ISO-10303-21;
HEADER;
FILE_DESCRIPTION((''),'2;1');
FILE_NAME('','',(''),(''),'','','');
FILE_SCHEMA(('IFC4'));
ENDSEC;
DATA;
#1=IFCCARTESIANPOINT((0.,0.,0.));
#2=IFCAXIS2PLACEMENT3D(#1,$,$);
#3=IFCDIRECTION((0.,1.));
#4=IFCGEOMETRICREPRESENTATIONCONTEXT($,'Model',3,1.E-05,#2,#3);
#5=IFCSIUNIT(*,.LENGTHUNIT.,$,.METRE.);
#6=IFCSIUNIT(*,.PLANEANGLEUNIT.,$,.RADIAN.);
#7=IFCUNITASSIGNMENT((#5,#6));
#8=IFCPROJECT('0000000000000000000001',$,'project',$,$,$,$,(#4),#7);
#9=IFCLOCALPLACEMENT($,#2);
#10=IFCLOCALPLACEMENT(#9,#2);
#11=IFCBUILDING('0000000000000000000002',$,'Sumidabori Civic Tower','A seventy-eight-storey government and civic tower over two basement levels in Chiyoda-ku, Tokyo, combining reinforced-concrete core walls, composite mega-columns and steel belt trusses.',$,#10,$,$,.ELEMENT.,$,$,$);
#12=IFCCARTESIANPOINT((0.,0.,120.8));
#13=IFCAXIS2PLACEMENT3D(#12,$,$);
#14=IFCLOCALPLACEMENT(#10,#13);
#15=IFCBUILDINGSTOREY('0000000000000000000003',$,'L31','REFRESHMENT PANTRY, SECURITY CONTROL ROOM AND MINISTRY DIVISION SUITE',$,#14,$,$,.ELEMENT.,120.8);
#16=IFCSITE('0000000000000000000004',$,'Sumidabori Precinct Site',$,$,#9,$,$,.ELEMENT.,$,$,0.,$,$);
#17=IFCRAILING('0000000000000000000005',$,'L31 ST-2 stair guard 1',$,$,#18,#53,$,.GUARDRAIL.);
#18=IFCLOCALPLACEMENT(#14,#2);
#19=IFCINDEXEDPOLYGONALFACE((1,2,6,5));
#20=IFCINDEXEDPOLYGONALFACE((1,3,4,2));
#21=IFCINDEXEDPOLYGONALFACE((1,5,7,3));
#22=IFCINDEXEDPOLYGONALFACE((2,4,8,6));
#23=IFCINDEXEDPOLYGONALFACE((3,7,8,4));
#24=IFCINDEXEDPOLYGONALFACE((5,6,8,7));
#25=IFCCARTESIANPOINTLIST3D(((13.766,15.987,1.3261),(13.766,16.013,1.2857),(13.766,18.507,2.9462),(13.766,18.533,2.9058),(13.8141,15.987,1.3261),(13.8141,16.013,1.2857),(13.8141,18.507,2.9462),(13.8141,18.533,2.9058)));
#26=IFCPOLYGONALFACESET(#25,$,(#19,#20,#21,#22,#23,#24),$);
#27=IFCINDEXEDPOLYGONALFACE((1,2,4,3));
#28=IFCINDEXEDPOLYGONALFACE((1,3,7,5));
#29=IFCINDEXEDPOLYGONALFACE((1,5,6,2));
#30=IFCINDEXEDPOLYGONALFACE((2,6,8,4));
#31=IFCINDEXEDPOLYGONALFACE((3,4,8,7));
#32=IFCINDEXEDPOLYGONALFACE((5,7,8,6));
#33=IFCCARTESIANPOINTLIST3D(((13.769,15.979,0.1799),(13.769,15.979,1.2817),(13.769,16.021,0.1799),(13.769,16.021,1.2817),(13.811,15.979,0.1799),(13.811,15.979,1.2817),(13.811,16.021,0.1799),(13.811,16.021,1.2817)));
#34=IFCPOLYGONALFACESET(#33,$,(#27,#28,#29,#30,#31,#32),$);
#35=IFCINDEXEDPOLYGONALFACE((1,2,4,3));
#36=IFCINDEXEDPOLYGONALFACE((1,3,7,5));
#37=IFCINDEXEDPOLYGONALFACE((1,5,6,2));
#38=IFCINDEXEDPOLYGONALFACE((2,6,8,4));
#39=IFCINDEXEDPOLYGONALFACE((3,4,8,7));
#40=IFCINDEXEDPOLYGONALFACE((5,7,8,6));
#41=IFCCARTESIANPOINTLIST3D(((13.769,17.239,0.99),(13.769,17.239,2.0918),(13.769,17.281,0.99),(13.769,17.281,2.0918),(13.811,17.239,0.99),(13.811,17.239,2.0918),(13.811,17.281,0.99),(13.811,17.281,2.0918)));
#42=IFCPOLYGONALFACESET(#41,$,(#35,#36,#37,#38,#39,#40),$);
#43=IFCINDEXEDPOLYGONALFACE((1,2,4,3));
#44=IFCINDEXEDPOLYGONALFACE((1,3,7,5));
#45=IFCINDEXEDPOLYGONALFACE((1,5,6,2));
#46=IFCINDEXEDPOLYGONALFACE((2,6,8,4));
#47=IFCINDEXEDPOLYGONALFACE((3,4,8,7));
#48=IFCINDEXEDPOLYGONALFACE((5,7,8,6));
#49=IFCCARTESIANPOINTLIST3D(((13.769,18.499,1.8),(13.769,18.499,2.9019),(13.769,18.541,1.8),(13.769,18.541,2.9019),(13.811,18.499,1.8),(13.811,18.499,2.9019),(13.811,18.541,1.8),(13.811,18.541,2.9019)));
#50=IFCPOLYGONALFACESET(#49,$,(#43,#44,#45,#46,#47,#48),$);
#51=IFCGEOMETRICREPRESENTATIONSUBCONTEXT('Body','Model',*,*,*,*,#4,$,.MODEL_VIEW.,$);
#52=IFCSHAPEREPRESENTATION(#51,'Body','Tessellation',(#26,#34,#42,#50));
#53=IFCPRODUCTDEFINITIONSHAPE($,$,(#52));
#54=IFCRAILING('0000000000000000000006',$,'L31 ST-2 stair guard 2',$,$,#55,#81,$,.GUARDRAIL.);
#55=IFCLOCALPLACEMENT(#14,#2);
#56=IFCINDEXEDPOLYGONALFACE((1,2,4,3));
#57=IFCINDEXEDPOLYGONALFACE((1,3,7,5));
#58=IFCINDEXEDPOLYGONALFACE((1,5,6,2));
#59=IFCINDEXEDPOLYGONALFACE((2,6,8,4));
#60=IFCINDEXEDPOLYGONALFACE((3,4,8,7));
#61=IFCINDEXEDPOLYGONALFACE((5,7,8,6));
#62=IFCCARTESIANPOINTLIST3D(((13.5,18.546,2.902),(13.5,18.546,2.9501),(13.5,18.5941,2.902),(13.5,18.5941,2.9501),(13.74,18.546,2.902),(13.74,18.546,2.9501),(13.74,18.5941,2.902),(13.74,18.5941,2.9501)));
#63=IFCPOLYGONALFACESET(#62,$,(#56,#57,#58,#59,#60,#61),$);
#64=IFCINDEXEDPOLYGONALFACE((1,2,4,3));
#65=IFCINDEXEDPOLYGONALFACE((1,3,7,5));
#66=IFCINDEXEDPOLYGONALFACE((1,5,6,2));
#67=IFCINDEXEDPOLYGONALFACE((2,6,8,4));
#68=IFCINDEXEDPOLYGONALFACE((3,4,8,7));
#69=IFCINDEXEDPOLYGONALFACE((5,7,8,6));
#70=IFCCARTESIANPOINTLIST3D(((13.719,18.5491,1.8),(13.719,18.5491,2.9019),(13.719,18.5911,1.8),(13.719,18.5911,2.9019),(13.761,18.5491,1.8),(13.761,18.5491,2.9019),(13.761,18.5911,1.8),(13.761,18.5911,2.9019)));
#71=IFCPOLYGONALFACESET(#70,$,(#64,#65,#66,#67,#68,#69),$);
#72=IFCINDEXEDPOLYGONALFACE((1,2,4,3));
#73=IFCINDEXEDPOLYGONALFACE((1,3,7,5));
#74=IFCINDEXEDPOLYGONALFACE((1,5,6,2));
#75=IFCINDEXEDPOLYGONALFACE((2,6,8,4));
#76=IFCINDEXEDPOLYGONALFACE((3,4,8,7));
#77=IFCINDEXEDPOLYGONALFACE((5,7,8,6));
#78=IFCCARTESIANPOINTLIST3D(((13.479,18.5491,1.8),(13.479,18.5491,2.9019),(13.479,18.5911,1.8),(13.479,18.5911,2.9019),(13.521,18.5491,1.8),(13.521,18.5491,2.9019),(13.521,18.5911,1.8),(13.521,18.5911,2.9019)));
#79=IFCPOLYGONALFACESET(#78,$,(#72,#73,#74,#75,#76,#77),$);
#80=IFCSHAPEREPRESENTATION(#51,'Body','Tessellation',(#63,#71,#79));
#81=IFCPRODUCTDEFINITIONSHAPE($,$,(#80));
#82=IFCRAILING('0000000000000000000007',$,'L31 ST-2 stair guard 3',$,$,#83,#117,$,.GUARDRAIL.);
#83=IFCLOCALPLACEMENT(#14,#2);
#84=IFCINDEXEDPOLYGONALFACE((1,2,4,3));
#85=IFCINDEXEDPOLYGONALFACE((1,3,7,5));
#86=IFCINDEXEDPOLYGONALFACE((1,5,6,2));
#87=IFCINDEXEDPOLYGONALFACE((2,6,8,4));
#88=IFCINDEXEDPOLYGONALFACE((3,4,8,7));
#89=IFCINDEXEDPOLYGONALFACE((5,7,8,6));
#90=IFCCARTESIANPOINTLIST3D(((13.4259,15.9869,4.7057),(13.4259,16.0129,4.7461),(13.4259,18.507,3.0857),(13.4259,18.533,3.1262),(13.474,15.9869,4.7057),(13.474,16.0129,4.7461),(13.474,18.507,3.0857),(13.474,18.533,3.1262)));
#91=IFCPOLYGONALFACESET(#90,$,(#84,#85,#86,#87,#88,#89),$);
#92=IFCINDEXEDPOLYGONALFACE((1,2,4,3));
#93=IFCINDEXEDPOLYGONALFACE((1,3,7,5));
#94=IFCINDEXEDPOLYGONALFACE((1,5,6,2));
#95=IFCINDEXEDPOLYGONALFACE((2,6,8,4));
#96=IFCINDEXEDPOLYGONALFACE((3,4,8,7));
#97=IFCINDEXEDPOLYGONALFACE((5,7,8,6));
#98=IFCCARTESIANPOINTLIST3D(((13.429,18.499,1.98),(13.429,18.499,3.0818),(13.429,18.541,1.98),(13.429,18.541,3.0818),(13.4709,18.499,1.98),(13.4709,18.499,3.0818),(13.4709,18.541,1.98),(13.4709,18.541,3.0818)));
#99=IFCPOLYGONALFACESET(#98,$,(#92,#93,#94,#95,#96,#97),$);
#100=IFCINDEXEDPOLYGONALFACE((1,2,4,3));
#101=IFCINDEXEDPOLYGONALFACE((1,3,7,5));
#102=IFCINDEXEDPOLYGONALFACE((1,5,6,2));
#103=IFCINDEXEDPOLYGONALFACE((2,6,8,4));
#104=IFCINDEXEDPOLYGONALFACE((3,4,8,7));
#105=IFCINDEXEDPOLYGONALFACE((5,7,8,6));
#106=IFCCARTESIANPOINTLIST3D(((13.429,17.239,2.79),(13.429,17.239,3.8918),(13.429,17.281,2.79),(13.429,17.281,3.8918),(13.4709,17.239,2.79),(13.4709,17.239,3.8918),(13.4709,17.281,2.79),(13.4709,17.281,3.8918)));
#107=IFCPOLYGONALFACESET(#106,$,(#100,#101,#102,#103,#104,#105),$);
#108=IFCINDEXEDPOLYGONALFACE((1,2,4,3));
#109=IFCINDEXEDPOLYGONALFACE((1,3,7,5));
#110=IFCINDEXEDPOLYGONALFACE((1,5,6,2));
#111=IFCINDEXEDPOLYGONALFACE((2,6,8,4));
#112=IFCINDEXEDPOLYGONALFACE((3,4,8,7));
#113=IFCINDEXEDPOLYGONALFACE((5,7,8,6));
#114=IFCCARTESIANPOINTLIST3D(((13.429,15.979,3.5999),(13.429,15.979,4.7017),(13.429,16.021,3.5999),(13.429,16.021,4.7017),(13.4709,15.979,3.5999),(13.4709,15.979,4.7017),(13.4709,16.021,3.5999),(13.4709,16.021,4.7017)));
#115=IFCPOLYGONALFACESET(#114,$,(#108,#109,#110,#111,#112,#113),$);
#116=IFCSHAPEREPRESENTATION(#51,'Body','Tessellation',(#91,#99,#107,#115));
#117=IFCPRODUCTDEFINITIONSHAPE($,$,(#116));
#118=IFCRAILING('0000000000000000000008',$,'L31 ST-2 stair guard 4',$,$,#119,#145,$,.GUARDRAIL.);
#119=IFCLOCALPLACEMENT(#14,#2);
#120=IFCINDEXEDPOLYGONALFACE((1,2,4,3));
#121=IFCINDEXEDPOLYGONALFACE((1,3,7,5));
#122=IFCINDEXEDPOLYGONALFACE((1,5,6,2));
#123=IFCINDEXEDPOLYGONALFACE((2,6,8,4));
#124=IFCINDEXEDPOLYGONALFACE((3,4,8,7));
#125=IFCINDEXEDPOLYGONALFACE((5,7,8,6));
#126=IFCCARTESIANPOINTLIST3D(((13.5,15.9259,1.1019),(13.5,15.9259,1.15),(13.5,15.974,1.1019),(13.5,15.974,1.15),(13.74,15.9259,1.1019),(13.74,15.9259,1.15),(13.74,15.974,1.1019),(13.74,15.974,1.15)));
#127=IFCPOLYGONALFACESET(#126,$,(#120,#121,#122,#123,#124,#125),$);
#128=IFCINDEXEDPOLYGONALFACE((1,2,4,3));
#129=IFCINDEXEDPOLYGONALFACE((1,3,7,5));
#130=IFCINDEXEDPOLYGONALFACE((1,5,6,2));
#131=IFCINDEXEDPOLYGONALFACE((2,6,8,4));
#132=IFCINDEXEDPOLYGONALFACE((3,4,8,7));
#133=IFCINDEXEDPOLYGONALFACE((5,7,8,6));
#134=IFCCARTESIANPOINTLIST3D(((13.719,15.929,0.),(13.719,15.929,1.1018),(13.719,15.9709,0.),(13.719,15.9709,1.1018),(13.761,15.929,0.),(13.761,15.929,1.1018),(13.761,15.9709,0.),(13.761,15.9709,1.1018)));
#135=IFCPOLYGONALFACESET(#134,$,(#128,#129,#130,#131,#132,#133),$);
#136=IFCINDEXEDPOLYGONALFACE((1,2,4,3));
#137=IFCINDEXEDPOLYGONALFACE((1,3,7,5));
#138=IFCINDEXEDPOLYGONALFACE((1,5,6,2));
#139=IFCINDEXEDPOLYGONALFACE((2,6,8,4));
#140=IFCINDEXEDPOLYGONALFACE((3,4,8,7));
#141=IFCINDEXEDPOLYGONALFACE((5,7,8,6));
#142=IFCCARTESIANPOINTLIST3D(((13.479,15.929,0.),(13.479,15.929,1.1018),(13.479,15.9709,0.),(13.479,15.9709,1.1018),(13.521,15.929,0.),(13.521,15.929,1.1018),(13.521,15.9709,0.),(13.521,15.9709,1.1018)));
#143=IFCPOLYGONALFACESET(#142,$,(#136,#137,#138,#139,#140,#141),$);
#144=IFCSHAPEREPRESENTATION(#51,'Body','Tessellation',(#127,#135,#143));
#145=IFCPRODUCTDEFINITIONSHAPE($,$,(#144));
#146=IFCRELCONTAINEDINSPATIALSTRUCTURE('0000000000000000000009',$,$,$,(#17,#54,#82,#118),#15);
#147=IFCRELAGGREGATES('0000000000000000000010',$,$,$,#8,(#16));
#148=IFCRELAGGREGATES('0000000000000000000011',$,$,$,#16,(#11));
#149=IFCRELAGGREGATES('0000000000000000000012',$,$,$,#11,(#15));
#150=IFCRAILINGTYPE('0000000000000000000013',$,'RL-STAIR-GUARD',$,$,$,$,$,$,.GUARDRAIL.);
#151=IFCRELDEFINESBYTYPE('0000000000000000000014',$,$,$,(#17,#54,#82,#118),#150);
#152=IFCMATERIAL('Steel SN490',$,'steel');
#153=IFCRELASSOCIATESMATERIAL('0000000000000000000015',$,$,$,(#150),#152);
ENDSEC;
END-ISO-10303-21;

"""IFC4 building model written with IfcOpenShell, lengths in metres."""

from ifc_helpers import new_model, si_unit, direction, frame, origin, origin_2d, place, context, subcontext, project, spatial, rectangle, extrude, material, type_object, element, save


model = new_model("IFC4")

# Units and contexts
model_context = context("Model", 3, precision=1e-05, world=origin(), true_north=direction((0.0, 1.0)))
body_context = subcontext(model_context, "Body", "Model", "MODEL_VIEW")
ifc_project = project(units=[si_unit("LENGTHUNIT", "METRE"), si_unit("PLANEANGLEUNIT", "RADIAN")], contexts=[model_context])

# Site, building, storey
site_placement = place(None, origin())
site = spatial("IfcSite", under=ifc_project, at=site_placement, Name="Sumidabori Precinct Site", CompositionType="ELEMENT", RefElevation=0.0)
building_placement = place(site_placement, origin())
building = spatial("IfcBuilding", under=site, at=building_placement, Name="Sumidabori Civic Tower", Description="A seventy-eight-storey government and civic tower over two basement levels in Chiyoda-ku, Tokyo, combining reinforced-concrete core walls, composite mega-columns and steel belt trusses.", CompositionType="ELEMENT")
storey_placement = place(building_placement, frame((0.0, 0.0, 120.8)))
storey = spatial("IfcBuildingStorey", under=building, at=storey_placement, Name="L31", Description="REFRESHMENT PANTRY, SECURITY CONTROL ROOM AND MINISTRY DIVISION SUITE", CompositionType="ELEMENT", Elevation=120.8)

# Shared definitions
ifc_material_1 = material(Name="Steel SN490", Category="steel")

# Railings
railing_type_1 = type_object("IfcRailingType", Name="RL-STAIR-GUARD", PredefinedType="GUARDRAIL", material=ifc_material_1)
railing_1_placement = place(storey_placement, frame((13.79, 16.0, 0.1799)))
element("IfcRailing", 1, at=railing_1_placement, inside=storey, type_object=railing_type_1, Name="L31 ST-2 stair guard 1", PredefinedType="GUARDRAIL", context=body_context, shape_type="SweptSolid", body=[
    extrude(rectangle(XDim=0.0481, YDim=0.0481, at=origin_2d()), frame((0.0, 0.0, 1.126), z_axis=(0.0, 0.841163, 0.540782), x_axis=(-1.0, 0.0, 0.0)), (0.0, 0.0, 1.0), 2.9958),
    extrude(rectangle(XDim=0.042, YDim=0.042, at=origin_2d()), origin(), (0.0, 0.0, 1.0), 1.1018),
    extrude(rectangle(XDim=0.042, YDim=0.042, at=origin_2d()), frame((0.0, 1.26, 0.8101)), (0.0, 0.0, 1.0), 1.1018),
    extrude(rectangle(XDim=0.042, YDim=0.042, at=origin_2d()), frame((0.0, 2.52, 1.6201)), (0.0, 0.0, 1.0), 1.1018),
])
railing_2_placement = place(storey_placement, frame((13.74, 18.5701, 1.8)))
element("IfcRailing", 2, at=railing_2_placement, inside=storey, type_object=railing_type_1, Name="L31 ST-2 stair guard 2", PredefinedType="GUARDRAIL", context=body_context, shape_type="SweptSolid", body=[
    extrude(rectangle(XDim=0.0481, YDim=0.0481, at=origin_2d()), frame((0.0, 0.0, 1.126), z_axis=(-1.0, 0.0, 0.0), x_axis=(0.0, -1.0, 0.0)), (0.0, 0.0, 1.0), 0.24),
    extrude(rectangle(XDim=0.042, YDim=0.042, at=origin_2d()), origin(), (0.0, 0.0, 1.0), 1.1018),
    extrude(rectangle(XDim=0.042, YDim=0.042, at=origin_2d()), frame((-0.24, 0.0, 0.0)), (0.0, 0.0, 1.0), 1.1018),
])
railing_3_placement = place(storey_placement, frame((13.45, 18.52, 1.98)))
element("IfcRailing", 3, at=railing_3_placement, inside=storey, type_object=railing_type_1, Name="L31 ST-2 stair guard 3", PredefinedType="GUARDRAIL", context=body_context, shape_type="SweptSolid", body=[
    extrude(rectangle(XDim=0.0481, YDim=0.0481, at=origin_2d()), frame((0.0, 0.0, 1.126), z_axis=(0.0, -0.8412, 0.540725), x_axis=(1.0, 0.0, 0.0)), (0.0, 0.0, 1.0), 2.9958),
    extrude(rectangle(XDim=0.042, YDim=0.042, at=origin_2d()), origin(), (0.0, 0.0, 1.0), 1.1018),
    extrude(rectangle(XDim=0.042, YDim=0.042, at=origin_2d()), frame((0.0, -1.26, 0.8101)), (0.0, 0.0, 1.0), 1.1018),
    extrude(rectangle(XDim=0.042, YDim=0.042, at=origin_2d()), frame((0.0, -2.52, 1.6199)), (0.0, 0.0, 1.0), 1.1018),
])
railing_4_placement = place(storey_placement, frame((13.74, 15.95, 0.0)))
element("IfcRailing", 4, at=railing_4_placement, inside=storey, type_object=railing_type_1, Name="L31 ST-2 stair guard 4", PredefinedType="GUARDRAIL", context=body_context, shape_type="SweptSolid", body=[
    extrude(rectangle(XDim=0.0481, YDim=0.0481, at=origin_2d()), frame((0.0, 0.0, 1.126), z_axis=(-1.0, 0.0, 0.0), x_axis=(0.0, -1.0, 0.0)), (0.0, 0.0, 1.0), 0.24),
    extrude(rectangle(XDim=0.042, YDim=0.042, at=origin_2d()), origin(), (0.0, 0.0, 1.0), 1.1018),
    extrude(rectangle(XDim=0.042, YDim=0.042, at=origin_2d()), frame((-0.24, 0.0, 0.0)), (0.0, 0.0, 1.0), 1.1018),
])

save(model, "model.ifc")
